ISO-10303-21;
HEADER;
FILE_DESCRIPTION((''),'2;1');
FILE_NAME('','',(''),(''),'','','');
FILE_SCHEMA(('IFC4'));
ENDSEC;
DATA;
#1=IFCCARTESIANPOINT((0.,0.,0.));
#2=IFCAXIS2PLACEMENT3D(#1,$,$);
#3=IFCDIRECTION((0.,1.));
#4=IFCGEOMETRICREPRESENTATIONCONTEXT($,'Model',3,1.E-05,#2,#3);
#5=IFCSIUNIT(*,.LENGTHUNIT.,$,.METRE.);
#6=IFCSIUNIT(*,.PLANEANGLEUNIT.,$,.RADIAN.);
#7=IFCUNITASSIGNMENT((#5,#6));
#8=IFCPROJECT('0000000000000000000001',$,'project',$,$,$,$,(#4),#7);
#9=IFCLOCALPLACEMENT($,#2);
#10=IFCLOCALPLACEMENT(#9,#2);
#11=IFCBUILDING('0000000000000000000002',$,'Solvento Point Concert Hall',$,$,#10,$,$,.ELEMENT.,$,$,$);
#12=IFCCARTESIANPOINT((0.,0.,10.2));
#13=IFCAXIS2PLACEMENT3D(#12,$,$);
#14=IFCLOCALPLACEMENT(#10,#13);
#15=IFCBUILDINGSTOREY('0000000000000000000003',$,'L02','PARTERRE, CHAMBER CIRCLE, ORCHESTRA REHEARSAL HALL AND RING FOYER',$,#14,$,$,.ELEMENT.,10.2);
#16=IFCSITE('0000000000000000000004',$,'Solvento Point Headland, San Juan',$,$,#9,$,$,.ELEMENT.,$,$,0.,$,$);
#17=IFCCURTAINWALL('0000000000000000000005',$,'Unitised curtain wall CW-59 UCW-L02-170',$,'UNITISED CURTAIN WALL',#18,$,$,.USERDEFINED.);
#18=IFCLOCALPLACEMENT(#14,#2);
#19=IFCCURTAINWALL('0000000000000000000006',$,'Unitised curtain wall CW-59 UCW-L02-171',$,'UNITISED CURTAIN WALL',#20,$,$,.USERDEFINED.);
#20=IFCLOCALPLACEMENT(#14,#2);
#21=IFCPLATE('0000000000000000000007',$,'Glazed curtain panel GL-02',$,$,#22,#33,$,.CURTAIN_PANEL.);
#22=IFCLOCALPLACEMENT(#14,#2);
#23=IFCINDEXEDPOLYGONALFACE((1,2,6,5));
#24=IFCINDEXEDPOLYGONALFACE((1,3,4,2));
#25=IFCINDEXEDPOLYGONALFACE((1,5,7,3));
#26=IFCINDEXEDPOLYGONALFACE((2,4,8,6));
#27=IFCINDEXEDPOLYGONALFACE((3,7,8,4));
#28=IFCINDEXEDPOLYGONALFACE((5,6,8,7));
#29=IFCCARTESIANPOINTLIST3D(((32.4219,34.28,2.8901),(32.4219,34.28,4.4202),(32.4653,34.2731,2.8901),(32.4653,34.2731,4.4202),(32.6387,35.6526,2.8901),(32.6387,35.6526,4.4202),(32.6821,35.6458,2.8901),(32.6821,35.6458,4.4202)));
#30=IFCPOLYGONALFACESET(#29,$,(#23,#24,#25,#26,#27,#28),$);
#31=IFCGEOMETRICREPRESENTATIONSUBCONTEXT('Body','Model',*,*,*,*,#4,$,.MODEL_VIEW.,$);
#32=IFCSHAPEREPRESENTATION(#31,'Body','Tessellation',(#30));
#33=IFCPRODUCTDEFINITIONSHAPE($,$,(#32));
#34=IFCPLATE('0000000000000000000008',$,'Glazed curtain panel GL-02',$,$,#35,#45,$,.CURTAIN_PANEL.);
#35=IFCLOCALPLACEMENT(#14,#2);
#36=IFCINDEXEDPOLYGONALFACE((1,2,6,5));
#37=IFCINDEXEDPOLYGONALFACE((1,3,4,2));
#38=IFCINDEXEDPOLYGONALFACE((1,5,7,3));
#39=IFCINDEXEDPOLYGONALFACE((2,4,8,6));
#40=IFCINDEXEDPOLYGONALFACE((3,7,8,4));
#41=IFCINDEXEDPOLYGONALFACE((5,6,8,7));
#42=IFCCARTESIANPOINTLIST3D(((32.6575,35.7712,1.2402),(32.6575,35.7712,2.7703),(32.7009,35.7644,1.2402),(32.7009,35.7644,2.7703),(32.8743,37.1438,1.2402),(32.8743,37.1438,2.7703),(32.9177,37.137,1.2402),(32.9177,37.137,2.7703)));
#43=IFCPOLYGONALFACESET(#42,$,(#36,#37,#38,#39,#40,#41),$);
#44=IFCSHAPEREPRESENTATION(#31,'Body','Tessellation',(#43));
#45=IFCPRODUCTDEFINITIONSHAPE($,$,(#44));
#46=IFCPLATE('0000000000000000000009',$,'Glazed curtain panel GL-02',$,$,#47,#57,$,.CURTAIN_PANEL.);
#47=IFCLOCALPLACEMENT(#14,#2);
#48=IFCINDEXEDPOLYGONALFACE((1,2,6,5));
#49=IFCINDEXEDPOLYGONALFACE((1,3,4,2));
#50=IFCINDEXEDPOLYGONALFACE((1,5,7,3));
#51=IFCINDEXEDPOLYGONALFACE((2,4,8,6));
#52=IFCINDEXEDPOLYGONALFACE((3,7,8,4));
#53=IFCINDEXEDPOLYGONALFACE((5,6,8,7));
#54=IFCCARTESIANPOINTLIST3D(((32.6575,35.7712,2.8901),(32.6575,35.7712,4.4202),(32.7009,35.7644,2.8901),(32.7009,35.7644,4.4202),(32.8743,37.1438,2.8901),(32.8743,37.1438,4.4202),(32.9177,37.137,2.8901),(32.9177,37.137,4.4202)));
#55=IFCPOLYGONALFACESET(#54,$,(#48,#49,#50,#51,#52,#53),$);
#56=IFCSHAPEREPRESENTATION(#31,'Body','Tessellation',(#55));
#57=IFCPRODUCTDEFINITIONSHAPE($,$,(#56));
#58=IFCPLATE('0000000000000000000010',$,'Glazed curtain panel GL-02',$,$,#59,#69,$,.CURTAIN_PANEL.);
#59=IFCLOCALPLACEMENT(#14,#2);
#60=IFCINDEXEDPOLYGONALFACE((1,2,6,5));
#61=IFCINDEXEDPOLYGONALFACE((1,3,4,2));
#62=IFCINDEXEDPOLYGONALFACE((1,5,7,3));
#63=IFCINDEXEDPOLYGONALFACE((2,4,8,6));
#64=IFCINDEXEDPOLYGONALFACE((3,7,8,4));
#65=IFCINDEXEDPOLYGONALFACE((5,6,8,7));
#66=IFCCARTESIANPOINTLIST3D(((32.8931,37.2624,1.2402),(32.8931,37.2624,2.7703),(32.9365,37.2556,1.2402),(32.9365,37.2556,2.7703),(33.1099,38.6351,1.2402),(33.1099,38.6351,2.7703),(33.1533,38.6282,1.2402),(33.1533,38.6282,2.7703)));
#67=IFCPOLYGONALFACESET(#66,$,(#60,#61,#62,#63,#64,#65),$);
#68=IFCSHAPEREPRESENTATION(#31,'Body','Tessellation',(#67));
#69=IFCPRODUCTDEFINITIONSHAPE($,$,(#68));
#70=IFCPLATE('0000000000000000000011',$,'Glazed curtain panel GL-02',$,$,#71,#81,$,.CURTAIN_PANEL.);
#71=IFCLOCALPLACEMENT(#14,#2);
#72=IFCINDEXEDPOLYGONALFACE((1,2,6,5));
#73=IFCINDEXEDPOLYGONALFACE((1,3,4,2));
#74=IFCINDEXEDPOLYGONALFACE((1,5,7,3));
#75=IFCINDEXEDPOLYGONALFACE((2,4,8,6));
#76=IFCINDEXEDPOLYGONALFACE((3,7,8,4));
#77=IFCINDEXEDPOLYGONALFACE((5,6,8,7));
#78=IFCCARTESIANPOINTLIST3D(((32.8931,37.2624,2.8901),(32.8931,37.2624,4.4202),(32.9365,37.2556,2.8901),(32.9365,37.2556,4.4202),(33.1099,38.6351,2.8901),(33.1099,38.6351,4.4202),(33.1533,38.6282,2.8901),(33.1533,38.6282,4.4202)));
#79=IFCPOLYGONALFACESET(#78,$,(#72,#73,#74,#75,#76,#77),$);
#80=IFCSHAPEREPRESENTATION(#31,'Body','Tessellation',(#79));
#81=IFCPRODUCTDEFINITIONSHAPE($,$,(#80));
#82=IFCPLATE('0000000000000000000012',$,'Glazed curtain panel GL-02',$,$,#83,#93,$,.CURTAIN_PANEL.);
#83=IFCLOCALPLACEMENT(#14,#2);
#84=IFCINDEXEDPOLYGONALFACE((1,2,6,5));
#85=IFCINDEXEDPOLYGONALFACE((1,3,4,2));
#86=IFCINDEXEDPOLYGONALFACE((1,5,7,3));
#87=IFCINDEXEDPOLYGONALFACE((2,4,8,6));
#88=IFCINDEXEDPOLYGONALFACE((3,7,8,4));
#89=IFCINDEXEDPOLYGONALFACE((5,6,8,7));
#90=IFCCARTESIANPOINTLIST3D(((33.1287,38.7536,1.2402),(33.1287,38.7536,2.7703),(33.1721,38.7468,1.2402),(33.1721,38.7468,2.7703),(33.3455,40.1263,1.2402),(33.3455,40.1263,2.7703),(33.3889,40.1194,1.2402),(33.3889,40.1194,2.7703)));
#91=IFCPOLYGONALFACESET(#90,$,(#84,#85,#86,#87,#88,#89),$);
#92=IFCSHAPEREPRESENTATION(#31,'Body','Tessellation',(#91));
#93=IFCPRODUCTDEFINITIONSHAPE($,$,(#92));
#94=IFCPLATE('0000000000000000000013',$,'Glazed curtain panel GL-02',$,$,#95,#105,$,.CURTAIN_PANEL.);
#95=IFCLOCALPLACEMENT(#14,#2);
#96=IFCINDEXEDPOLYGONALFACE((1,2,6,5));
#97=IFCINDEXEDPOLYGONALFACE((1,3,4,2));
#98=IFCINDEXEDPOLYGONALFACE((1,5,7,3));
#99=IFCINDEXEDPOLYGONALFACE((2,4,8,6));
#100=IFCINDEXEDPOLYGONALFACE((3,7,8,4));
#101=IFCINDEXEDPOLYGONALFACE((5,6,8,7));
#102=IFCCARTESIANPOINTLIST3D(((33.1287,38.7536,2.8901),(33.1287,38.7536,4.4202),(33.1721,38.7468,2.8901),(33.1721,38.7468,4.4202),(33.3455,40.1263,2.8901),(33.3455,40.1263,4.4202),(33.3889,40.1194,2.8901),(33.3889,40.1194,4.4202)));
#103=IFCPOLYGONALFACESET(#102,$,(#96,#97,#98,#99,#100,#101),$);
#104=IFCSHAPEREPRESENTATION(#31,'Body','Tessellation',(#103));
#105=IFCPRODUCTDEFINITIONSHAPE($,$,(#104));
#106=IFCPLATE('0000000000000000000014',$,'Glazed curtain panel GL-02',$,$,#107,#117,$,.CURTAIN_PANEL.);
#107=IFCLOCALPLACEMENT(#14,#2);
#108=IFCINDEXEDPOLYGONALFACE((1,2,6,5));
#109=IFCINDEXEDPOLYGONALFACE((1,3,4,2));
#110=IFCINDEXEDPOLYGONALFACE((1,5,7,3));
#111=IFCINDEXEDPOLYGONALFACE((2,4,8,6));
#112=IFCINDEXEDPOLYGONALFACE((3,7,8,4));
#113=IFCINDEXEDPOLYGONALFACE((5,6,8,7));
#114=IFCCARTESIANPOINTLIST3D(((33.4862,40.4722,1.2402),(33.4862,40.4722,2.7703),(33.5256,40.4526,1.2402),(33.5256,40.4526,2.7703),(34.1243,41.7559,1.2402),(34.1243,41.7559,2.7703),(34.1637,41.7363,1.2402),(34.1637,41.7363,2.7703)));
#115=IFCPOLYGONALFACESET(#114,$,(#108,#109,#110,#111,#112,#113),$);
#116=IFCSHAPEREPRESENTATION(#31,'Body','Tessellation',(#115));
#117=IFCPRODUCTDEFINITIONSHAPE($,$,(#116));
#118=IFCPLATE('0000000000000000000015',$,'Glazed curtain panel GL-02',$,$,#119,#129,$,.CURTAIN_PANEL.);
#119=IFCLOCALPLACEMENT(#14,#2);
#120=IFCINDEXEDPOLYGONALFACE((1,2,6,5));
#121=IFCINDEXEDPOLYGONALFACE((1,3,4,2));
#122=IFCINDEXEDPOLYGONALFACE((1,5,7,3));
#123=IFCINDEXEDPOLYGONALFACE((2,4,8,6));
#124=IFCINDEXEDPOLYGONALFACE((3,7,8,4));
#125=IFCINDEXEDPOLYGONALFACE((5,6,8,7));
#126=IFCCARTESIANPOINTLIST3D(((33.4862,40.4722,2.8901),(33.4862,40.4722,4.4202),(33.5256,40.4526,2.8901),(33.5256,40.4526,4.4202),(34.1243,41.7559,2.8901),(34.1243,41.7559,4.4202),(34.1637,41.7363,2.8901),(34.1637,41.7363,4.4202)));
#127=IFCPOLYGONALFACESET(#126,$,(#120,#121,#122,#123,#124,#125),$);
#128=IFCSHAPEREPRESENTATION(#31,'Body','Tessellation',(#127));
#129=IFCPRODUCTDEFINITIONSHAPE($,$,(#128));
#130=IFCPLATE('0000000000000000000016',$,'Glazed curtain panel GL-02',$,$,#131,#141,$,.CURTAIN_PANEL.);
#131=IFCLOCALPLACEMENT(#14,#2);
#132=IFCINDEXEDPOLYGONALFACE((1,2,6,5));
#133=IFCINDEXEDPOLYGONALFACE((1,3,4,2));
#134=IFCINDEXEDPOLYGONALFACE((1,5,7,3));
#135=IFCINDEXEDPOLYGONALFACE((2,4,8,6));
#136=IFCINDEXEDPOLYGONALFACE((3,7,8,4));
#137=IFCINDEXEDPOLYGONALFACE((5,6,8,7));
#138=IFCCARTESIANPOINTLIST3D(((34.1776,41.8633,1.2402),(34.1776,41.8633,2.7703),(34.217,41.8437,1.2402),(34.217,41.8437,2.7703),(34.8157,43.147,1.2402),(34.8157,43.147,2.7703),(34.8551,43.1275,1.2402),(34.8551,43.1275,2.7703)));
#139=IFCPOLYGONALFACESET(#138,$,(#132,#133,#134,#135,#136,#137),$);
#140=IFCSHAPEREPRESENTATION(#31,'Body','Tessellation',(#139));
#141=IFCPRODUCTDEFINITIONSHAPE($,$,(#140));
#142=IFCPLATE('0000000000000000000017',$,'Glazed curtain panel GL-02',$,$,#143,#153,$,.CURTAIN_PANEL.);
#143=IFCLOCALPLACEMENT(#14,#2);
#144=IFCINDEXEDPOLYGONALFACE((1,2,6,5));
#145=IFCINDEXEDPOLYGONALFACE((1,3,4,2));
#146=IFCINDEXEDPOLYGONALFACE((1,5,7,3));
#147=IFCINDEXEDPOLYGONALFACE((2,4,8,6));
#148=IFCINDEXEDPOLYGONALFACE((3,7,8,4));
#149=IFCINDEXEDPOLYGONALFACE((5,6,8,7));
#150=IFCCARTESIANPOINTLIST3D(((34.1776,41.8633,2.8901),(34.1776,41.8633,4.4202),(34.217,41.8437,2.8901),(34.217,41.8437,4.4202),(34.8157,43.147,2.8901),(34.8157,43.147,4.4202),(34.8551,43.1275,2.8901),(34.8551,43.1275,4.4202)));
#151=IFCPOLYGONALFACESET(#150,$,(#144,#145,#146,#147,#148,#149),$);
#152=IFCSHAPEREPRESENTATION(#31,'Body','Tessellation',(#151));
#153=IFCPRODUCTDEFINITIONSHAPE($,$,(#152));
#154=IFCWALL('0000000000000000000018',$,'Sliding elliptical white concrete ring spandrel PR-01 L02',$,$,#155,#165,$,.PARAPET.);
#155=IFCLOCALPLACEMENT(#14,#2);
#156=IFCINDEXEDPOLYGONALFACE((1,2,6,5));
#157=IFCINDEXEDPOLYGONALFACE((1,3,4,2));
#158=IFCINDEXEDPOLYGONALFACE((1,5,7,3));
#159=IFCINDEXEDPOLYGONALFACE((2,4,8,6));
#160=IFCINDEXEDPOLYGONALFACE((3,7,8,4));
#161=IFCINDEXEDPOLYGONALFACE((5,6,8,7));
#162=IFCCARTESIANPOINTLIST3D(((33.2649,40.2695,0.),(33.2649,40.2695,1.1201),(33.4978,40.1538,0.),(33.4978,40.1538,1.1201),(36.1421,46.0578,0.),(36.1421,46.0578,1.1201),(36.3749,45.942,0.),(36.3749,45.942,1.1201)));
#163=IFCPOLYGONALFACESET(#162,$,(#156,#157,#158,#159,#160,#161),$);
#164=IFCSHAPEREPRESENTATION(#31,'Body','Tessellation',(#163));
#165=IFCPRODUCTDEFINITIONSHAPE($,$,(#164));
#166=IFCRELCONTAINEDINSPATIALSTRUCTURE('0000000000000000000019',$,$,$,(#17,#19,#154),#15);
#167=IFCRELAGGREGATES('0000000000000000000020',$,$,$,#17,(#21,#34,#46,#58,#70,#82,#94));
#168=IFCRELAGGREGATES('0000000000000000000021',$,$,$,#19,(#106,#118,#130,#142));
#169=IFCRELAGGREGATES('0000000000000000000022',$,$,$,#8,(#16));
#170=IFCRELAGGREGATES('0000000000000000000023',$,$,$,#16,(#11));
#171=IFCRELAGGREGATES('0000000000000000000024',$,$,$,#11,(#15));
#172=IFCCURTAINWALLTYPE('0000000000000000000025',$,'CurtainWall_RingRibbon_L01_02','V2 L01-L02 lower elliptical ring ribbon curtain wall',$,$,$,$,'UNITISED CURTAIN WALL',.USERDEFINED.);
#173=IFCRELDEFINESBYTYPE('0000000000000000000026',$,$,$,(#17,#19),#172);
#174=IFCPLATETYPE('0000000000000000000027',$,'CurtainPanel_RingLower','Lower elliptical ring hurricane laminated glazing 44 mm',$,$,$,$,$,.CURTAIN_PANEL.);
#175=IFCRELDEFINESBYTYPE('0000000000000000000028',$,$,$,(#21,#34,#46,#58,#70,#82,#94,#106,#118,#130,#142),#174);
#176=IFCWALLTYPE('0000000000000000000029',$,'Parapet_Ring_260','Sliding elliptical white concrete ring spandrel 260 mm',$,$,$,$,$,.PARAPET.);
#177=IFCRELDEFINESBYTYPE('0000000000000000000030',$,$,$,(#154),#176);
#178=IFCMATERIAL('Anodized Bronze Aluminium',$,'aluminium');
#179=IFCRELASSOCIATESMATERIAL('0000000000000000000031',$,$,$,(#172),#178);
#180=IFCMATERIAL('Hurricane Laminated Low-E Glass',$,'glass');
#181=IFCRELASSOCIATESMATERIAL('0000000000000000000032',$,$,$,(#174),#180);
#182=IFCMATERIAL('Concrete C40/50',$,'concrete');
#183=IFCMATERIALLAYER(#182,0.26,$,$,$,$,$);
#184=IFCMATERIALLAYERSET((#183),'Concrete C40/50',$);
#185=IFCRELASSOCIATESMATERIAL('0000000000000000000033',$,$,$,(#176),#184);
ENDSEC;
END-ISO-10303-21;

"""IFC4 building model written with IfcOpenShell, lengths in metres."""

from ifc_helpers import new_model, si_unit, direction, frame, frame_2d, origin, origin_2d, place, context, subcontext, project, spatial, rectangle, extrude, material, layer, layer_set, type_object, element, aggregate, save


model = new_model("IFC4")

# Units and contexts
model_context = context("Model", 3, precision=1e-05, world=origin(), true_north=direction((0.0, 1.0)))
body_context = subcontext(model_context, "Body", "Model", "MODEL_VIEW")
ifc_project = project(units=[si_unit("LENGTHUNIT", "METRE"), si_unit("PLANEANGLEUNIT", "RADIAN")], contexts=[model_context])

# Site, building, storey
site_placement = place(None, origin())
site = spatial("IfcSite", under=ifc_project, at=site_placement, Name="Solvento Point Headland, San Juan", CompositionType="ELEMENT", RefElevation=0.0)
building_placement = place(site_placement, origin())
building = spatial("IfcBuilding", under=site, at=building_placement, Name="Solvento Point Concert Hall", CompositionType="ELEMENT")
storey_placement = place(building_placement, frame((0.0, 0.0, 10.2)))
storey = spatial("IfcBuildingStorey", under=building, at=storey_placement, Name="L02", Description="PARTERRE, CHAMBER CIRCLE, ORCHESTRA REHEARSAL HALL AND RING FOYER", CompositionType="ELEMENT", Elevation=10.2)

# Curtain walls
ifc_material_1 = material(Name="Anodized Bronze Aluminium", Category="aluminium")
curtain_wall_type = type_object("IfcCurtainWallType", Name="CurtainWall_RingRibbon_L01_02", Description="V2 L01-L02 lower elliptical ring ribbon curtain wall", ElementType="UNITISED CURTAIN WALL", PredefinedType="USERDEFINED", material=ifc_material_1)
curtain_wall_1_placement = place(storey_placement, origin())
curtain_wall_1 = element("IfcCurtainWall", 1, at=curtain_wall_1_placement, inside=storey, type_object=curtain_wall_type, Name="Unitised curtain wall CW-59 UCW-L02-170", ObjectType="UNITISED CURTAIN WALL", PredefinedType="USERDEFINED")
curtain_wall_2_placement = place(storey_placement, origin())
curtain_wall_2 = element("IfcCurtainWall", 2, at=curtain_wall_2_placement, inside=storey, type_object=curtain_wall_type, Name="Unitised curtain wall CW-59 UCW-L02-171", ObjectType="UNITISED CURTAIN WALL", PredefinedType="USERDEFINED")

# Plates
ifc_material_2 = material(Name="Hurricane Laminated Low-E Glass", Category="glass")
plate_type = type_object("IfcPlateType", Name="CurtainPanel_RingLower", Description="Lower elliptical ring hurricane laminated glazing 44 mm", PredefinedType="CURTAIN_PANEL", material=ifc_material_2)
plate_1_placement = place(storey_placement, frame((32.552, 34.9629, 2.8901), z_axis=(0.0, 0.0, 1.0), x_axis=(0.156041, 0.987751, 0.0)))
plate_1 = element("IfcPlate", 3, at=plate_1_placement, type_object=plate_type, Name="Glazed curtain panel GL-02", PredefinedType="CURTAIN_PANEL", context=body_context, shape_type="SweptSolid", body=[
    extrude(rectangle(XDim=1.3896, YDim=0.0439, at=origin_2d()), origin(), (0.0, 0.0, 1.0), 1.53),
])
plate_2_placement = place(storey_placement, frame((32.7876, 36.4541, 1.2402), z_axis=(0.0, 0.0, 1.0), x_axis=(0.156041, 0.987751, 0.0)))
plate_2 = element("IfcPlate", 4, at=plate_2_placement, type_object=plate_type, Name="Glazed curtain panel GL-02", PredefinedType="CURTAIN_PANEL", context=body_context, shape_type="SweptSolid", body=[
    extrude(rectangle(XDim=1.3896, YDim=0.0439, at=origin_2d()), origin(), (0.0, 0.0, 1.0), 1.53),
])
plate_3_placement = place(storey_placement, frame((32.7876, 36.4541, 2.8901), z_axis=(0.0, 0.0, 1.0), x_axis=(0.156041, 0.987751, 0.0)))
plate_3 = element("IfcPlate", 5, at=plate_3_placement, type_object=plate_type, Name="Glazed curtain panel GL-02", PredefinedType="CURTAIN_PANEL", context=body_context, shape_type="SweptSolid", body=[
    extrude(rectangle(XDim=1.3896, YDim=0.0439, at=origin_2d()), origin(), (0.0, 0.0, 1.0), 1.53),
])
plate_4_placement = place(storey_placement, frame((33.0232, 37.9453, 1.2402), z_axis=(0.0, 0.0, 1.0), x_axis=(0.156041, 0.987751, 0.0)))
plate_4 = element("IfcPlate", 6, at=plate_4_placement, type_object=plate_type, Name="Glazed curtain panel GL-02", PredefinedType="CURTAIN_PANEL", context=body_context, shape_type="SweptSolid", body=[
    extrude(rectangle(XDim=1.3896, YDim=0.0439, at=origin_2d()), origin(), (0.0, 0.0, 1.0), 1.53),
])
plate_5_placement = place(storey_placement, frame((33.0232, 37.9453, 2.8901), z_axis=(0.0, 0.0, 1.0), x_axis=(0.156041, 0.987751, 0.0)))
plate_5 = element("IfcPlate", 7, at=plate_5_placement, type_object=plate_type, Name="Glazed curtain panel GL-02", PredefinedType="CURTAIN_PANEL", context=body_context, shape_type="SweptSolid", body=[
    extrude(rectangle(XDim=1.3896, YDim=0.0439, at=origin_2d()), origin(), (0.0, 0.0, 1.0), 1.53),
])
plate_6_placement = place(storey_placement, frame((33.2588, 39.4365, 1.2402), z_axis=(0.0, 0.0, 1.0), x_axis=(0.156041, 0.987751, 0.0)))
plate_6 = element("IfcPlate", 8, at=plate_6_placement, type_object=plate_type, Name="Glazed curtain panel GL-02", PredefinedType="CURTAIN_PANEL", context=body_context, shape_type="SweptSolid", body=[
    extrude(rectangle(XDim=1.3896, YDim=0.0439, at=origin_2d()), origin(), (0.0, 0.0, 1.0), 1.53),
])
plate_7_placement = place(storey_placement, frame((33.2588, 39.4365, 2.8901), z_axis=(0.0, 0.0, 1.0), x_axis=(0.156041, 0.987751, 0.0)))
plate_7 = element("IfcPlate", 9, at=plate_7_placement, type_object=plate_type, Name="Glazed curtain panel GL-02", PredefinedType="CURTAIN_PANEL", context=body_context, shape_type="SweptSolid", body=[
    extrude(rectangle(XDim=1.3896, YDim=0.0439, at=origin_2d()), origin(), (0.0, 0.0, 1.0), 1.53),
])
aggregate(curtain_wall_1, [plate_1, plate_2, plate_3, plate_4, plate_5, plate_6, plate_7])
plate_8_placement = place(storey_placement, frame((33.825, 41.1042, 1.2402), z_axis=(0.0, 0.0, 1.0), x_axis=(0.445115, 0.895473, 0.0)))
plate_8 = element("IfcPlate", 10, at=plate_8_placement, type_object=plate_type, Name="Glazed curtain panel GL-02", PredefinedType="CURTAIN_PANEL", context=body_context, shape_type="SweptSolid", body=[
    extrude(rectangle(XDim=1.4336, YDim=0.0439, at=origin_2d()), origin(), (0.0, 0.0, 1.0), 1.53),
])
plate_9_placement = place(storey_placement, frame((33.825, 41.1042, 2.8901), z_axis=(0.0, 0.0, 1.0), x_axis=(0.445115, 0.895473, 0.0)))
plate_9 = element("IfcPlate", 11, at=plate_9_placement, type_object=plate_type, Name="Glazed curtain panel GL-02", PredefinedType="CURTAIN_PANEL", context=body_context, shape_type="SweptSolid", body=[
    extrude(rectangle(XDim=1.4336, YDim=0.0439, at=origin_2d()), origin(), (0.0, 0.0, 1.0), 1.53),
])
plate_10_placement = place(storey_placement, frame((34.5164, 42.4954, 1.2402), z_axis=(0.0, 0.0, 1.0), x_axis=(0.445115, 0.895473, 0.0)))
plate_10 = element("IfcPlate", 12, at=plate_10_placement, type_object=plate_type, Name="Glazed curtain panel GL-02", PredefinedType="CURTAIN_PANEL", context=body_context, shape_type="SweptSolid", body=[
    extrude(rectangle(XDim=1.4336, YDim=0.0439, at=origin_2d()), origin(), (0.0, 0.0, 1.0), 1.53),
])
plate_11_placement = place(storey_placement, frame((34.5164, 42.4954, 2.8901), z_axis=(0.0, 0.0, 1.0), x_axis=(0.445115, 0.895473, 0.0)))
plate_11 = element("IfcPlate", 13, at=plate_11_placement, type_object=plate_type, Name="Glazed curtain panel GL-02", PredefinedType="CURTAIN_PANEL", context=body_context, shape_type="SweptSolid", body=[
    extrude(rectangle(XDim=1.4336, YDim=0.0439, at=origin_2d()), origin(), (0.0, 0.0, 1.0), 1.53),
])
aggregate(curtain_wall_2, [plate_8, plate_9, plate_10, plate_11])

# Wall
ifc_material_3 = material(Name="Concrete C40/50", Category="concrete")
ifc_layer = layer(ifc_material_3, 0.26)
ifc_layer_set = layer_set([ifc_layer], Name="Concrete C40/50")
wall_type = type_object("IfcWallType", Name="Parapet_Ring_260", Description="Sliding elliptical white concrete ring spandrel 260 mm", PredefinedType="PARAPET", material=ifc_layer_set)
wall_placement = place(storey_placement, frame((33.3813, 40.2117, 0.0), z_axis=(0.0, 0.0, 1.0), x_axis=(0.445112, 0.895475, 0.0)))
element("IfcWall", 14, at=wall_placement, inside=storey, type_object=wall_type, Name="Sliding elliptical white concrete ring spandrel PR-01 L02", PredefinedType="PARAPET", context=body_context, shape_type="SweptSolid", body=[
    extrude(rectangle(XDim=6.4639, YDim=0.26, at=frame_2d((3.2319, 0.0))), origin(), (0.0, 0.0, 1.0), 1.1201),
])

save(model, "model.ifc")
